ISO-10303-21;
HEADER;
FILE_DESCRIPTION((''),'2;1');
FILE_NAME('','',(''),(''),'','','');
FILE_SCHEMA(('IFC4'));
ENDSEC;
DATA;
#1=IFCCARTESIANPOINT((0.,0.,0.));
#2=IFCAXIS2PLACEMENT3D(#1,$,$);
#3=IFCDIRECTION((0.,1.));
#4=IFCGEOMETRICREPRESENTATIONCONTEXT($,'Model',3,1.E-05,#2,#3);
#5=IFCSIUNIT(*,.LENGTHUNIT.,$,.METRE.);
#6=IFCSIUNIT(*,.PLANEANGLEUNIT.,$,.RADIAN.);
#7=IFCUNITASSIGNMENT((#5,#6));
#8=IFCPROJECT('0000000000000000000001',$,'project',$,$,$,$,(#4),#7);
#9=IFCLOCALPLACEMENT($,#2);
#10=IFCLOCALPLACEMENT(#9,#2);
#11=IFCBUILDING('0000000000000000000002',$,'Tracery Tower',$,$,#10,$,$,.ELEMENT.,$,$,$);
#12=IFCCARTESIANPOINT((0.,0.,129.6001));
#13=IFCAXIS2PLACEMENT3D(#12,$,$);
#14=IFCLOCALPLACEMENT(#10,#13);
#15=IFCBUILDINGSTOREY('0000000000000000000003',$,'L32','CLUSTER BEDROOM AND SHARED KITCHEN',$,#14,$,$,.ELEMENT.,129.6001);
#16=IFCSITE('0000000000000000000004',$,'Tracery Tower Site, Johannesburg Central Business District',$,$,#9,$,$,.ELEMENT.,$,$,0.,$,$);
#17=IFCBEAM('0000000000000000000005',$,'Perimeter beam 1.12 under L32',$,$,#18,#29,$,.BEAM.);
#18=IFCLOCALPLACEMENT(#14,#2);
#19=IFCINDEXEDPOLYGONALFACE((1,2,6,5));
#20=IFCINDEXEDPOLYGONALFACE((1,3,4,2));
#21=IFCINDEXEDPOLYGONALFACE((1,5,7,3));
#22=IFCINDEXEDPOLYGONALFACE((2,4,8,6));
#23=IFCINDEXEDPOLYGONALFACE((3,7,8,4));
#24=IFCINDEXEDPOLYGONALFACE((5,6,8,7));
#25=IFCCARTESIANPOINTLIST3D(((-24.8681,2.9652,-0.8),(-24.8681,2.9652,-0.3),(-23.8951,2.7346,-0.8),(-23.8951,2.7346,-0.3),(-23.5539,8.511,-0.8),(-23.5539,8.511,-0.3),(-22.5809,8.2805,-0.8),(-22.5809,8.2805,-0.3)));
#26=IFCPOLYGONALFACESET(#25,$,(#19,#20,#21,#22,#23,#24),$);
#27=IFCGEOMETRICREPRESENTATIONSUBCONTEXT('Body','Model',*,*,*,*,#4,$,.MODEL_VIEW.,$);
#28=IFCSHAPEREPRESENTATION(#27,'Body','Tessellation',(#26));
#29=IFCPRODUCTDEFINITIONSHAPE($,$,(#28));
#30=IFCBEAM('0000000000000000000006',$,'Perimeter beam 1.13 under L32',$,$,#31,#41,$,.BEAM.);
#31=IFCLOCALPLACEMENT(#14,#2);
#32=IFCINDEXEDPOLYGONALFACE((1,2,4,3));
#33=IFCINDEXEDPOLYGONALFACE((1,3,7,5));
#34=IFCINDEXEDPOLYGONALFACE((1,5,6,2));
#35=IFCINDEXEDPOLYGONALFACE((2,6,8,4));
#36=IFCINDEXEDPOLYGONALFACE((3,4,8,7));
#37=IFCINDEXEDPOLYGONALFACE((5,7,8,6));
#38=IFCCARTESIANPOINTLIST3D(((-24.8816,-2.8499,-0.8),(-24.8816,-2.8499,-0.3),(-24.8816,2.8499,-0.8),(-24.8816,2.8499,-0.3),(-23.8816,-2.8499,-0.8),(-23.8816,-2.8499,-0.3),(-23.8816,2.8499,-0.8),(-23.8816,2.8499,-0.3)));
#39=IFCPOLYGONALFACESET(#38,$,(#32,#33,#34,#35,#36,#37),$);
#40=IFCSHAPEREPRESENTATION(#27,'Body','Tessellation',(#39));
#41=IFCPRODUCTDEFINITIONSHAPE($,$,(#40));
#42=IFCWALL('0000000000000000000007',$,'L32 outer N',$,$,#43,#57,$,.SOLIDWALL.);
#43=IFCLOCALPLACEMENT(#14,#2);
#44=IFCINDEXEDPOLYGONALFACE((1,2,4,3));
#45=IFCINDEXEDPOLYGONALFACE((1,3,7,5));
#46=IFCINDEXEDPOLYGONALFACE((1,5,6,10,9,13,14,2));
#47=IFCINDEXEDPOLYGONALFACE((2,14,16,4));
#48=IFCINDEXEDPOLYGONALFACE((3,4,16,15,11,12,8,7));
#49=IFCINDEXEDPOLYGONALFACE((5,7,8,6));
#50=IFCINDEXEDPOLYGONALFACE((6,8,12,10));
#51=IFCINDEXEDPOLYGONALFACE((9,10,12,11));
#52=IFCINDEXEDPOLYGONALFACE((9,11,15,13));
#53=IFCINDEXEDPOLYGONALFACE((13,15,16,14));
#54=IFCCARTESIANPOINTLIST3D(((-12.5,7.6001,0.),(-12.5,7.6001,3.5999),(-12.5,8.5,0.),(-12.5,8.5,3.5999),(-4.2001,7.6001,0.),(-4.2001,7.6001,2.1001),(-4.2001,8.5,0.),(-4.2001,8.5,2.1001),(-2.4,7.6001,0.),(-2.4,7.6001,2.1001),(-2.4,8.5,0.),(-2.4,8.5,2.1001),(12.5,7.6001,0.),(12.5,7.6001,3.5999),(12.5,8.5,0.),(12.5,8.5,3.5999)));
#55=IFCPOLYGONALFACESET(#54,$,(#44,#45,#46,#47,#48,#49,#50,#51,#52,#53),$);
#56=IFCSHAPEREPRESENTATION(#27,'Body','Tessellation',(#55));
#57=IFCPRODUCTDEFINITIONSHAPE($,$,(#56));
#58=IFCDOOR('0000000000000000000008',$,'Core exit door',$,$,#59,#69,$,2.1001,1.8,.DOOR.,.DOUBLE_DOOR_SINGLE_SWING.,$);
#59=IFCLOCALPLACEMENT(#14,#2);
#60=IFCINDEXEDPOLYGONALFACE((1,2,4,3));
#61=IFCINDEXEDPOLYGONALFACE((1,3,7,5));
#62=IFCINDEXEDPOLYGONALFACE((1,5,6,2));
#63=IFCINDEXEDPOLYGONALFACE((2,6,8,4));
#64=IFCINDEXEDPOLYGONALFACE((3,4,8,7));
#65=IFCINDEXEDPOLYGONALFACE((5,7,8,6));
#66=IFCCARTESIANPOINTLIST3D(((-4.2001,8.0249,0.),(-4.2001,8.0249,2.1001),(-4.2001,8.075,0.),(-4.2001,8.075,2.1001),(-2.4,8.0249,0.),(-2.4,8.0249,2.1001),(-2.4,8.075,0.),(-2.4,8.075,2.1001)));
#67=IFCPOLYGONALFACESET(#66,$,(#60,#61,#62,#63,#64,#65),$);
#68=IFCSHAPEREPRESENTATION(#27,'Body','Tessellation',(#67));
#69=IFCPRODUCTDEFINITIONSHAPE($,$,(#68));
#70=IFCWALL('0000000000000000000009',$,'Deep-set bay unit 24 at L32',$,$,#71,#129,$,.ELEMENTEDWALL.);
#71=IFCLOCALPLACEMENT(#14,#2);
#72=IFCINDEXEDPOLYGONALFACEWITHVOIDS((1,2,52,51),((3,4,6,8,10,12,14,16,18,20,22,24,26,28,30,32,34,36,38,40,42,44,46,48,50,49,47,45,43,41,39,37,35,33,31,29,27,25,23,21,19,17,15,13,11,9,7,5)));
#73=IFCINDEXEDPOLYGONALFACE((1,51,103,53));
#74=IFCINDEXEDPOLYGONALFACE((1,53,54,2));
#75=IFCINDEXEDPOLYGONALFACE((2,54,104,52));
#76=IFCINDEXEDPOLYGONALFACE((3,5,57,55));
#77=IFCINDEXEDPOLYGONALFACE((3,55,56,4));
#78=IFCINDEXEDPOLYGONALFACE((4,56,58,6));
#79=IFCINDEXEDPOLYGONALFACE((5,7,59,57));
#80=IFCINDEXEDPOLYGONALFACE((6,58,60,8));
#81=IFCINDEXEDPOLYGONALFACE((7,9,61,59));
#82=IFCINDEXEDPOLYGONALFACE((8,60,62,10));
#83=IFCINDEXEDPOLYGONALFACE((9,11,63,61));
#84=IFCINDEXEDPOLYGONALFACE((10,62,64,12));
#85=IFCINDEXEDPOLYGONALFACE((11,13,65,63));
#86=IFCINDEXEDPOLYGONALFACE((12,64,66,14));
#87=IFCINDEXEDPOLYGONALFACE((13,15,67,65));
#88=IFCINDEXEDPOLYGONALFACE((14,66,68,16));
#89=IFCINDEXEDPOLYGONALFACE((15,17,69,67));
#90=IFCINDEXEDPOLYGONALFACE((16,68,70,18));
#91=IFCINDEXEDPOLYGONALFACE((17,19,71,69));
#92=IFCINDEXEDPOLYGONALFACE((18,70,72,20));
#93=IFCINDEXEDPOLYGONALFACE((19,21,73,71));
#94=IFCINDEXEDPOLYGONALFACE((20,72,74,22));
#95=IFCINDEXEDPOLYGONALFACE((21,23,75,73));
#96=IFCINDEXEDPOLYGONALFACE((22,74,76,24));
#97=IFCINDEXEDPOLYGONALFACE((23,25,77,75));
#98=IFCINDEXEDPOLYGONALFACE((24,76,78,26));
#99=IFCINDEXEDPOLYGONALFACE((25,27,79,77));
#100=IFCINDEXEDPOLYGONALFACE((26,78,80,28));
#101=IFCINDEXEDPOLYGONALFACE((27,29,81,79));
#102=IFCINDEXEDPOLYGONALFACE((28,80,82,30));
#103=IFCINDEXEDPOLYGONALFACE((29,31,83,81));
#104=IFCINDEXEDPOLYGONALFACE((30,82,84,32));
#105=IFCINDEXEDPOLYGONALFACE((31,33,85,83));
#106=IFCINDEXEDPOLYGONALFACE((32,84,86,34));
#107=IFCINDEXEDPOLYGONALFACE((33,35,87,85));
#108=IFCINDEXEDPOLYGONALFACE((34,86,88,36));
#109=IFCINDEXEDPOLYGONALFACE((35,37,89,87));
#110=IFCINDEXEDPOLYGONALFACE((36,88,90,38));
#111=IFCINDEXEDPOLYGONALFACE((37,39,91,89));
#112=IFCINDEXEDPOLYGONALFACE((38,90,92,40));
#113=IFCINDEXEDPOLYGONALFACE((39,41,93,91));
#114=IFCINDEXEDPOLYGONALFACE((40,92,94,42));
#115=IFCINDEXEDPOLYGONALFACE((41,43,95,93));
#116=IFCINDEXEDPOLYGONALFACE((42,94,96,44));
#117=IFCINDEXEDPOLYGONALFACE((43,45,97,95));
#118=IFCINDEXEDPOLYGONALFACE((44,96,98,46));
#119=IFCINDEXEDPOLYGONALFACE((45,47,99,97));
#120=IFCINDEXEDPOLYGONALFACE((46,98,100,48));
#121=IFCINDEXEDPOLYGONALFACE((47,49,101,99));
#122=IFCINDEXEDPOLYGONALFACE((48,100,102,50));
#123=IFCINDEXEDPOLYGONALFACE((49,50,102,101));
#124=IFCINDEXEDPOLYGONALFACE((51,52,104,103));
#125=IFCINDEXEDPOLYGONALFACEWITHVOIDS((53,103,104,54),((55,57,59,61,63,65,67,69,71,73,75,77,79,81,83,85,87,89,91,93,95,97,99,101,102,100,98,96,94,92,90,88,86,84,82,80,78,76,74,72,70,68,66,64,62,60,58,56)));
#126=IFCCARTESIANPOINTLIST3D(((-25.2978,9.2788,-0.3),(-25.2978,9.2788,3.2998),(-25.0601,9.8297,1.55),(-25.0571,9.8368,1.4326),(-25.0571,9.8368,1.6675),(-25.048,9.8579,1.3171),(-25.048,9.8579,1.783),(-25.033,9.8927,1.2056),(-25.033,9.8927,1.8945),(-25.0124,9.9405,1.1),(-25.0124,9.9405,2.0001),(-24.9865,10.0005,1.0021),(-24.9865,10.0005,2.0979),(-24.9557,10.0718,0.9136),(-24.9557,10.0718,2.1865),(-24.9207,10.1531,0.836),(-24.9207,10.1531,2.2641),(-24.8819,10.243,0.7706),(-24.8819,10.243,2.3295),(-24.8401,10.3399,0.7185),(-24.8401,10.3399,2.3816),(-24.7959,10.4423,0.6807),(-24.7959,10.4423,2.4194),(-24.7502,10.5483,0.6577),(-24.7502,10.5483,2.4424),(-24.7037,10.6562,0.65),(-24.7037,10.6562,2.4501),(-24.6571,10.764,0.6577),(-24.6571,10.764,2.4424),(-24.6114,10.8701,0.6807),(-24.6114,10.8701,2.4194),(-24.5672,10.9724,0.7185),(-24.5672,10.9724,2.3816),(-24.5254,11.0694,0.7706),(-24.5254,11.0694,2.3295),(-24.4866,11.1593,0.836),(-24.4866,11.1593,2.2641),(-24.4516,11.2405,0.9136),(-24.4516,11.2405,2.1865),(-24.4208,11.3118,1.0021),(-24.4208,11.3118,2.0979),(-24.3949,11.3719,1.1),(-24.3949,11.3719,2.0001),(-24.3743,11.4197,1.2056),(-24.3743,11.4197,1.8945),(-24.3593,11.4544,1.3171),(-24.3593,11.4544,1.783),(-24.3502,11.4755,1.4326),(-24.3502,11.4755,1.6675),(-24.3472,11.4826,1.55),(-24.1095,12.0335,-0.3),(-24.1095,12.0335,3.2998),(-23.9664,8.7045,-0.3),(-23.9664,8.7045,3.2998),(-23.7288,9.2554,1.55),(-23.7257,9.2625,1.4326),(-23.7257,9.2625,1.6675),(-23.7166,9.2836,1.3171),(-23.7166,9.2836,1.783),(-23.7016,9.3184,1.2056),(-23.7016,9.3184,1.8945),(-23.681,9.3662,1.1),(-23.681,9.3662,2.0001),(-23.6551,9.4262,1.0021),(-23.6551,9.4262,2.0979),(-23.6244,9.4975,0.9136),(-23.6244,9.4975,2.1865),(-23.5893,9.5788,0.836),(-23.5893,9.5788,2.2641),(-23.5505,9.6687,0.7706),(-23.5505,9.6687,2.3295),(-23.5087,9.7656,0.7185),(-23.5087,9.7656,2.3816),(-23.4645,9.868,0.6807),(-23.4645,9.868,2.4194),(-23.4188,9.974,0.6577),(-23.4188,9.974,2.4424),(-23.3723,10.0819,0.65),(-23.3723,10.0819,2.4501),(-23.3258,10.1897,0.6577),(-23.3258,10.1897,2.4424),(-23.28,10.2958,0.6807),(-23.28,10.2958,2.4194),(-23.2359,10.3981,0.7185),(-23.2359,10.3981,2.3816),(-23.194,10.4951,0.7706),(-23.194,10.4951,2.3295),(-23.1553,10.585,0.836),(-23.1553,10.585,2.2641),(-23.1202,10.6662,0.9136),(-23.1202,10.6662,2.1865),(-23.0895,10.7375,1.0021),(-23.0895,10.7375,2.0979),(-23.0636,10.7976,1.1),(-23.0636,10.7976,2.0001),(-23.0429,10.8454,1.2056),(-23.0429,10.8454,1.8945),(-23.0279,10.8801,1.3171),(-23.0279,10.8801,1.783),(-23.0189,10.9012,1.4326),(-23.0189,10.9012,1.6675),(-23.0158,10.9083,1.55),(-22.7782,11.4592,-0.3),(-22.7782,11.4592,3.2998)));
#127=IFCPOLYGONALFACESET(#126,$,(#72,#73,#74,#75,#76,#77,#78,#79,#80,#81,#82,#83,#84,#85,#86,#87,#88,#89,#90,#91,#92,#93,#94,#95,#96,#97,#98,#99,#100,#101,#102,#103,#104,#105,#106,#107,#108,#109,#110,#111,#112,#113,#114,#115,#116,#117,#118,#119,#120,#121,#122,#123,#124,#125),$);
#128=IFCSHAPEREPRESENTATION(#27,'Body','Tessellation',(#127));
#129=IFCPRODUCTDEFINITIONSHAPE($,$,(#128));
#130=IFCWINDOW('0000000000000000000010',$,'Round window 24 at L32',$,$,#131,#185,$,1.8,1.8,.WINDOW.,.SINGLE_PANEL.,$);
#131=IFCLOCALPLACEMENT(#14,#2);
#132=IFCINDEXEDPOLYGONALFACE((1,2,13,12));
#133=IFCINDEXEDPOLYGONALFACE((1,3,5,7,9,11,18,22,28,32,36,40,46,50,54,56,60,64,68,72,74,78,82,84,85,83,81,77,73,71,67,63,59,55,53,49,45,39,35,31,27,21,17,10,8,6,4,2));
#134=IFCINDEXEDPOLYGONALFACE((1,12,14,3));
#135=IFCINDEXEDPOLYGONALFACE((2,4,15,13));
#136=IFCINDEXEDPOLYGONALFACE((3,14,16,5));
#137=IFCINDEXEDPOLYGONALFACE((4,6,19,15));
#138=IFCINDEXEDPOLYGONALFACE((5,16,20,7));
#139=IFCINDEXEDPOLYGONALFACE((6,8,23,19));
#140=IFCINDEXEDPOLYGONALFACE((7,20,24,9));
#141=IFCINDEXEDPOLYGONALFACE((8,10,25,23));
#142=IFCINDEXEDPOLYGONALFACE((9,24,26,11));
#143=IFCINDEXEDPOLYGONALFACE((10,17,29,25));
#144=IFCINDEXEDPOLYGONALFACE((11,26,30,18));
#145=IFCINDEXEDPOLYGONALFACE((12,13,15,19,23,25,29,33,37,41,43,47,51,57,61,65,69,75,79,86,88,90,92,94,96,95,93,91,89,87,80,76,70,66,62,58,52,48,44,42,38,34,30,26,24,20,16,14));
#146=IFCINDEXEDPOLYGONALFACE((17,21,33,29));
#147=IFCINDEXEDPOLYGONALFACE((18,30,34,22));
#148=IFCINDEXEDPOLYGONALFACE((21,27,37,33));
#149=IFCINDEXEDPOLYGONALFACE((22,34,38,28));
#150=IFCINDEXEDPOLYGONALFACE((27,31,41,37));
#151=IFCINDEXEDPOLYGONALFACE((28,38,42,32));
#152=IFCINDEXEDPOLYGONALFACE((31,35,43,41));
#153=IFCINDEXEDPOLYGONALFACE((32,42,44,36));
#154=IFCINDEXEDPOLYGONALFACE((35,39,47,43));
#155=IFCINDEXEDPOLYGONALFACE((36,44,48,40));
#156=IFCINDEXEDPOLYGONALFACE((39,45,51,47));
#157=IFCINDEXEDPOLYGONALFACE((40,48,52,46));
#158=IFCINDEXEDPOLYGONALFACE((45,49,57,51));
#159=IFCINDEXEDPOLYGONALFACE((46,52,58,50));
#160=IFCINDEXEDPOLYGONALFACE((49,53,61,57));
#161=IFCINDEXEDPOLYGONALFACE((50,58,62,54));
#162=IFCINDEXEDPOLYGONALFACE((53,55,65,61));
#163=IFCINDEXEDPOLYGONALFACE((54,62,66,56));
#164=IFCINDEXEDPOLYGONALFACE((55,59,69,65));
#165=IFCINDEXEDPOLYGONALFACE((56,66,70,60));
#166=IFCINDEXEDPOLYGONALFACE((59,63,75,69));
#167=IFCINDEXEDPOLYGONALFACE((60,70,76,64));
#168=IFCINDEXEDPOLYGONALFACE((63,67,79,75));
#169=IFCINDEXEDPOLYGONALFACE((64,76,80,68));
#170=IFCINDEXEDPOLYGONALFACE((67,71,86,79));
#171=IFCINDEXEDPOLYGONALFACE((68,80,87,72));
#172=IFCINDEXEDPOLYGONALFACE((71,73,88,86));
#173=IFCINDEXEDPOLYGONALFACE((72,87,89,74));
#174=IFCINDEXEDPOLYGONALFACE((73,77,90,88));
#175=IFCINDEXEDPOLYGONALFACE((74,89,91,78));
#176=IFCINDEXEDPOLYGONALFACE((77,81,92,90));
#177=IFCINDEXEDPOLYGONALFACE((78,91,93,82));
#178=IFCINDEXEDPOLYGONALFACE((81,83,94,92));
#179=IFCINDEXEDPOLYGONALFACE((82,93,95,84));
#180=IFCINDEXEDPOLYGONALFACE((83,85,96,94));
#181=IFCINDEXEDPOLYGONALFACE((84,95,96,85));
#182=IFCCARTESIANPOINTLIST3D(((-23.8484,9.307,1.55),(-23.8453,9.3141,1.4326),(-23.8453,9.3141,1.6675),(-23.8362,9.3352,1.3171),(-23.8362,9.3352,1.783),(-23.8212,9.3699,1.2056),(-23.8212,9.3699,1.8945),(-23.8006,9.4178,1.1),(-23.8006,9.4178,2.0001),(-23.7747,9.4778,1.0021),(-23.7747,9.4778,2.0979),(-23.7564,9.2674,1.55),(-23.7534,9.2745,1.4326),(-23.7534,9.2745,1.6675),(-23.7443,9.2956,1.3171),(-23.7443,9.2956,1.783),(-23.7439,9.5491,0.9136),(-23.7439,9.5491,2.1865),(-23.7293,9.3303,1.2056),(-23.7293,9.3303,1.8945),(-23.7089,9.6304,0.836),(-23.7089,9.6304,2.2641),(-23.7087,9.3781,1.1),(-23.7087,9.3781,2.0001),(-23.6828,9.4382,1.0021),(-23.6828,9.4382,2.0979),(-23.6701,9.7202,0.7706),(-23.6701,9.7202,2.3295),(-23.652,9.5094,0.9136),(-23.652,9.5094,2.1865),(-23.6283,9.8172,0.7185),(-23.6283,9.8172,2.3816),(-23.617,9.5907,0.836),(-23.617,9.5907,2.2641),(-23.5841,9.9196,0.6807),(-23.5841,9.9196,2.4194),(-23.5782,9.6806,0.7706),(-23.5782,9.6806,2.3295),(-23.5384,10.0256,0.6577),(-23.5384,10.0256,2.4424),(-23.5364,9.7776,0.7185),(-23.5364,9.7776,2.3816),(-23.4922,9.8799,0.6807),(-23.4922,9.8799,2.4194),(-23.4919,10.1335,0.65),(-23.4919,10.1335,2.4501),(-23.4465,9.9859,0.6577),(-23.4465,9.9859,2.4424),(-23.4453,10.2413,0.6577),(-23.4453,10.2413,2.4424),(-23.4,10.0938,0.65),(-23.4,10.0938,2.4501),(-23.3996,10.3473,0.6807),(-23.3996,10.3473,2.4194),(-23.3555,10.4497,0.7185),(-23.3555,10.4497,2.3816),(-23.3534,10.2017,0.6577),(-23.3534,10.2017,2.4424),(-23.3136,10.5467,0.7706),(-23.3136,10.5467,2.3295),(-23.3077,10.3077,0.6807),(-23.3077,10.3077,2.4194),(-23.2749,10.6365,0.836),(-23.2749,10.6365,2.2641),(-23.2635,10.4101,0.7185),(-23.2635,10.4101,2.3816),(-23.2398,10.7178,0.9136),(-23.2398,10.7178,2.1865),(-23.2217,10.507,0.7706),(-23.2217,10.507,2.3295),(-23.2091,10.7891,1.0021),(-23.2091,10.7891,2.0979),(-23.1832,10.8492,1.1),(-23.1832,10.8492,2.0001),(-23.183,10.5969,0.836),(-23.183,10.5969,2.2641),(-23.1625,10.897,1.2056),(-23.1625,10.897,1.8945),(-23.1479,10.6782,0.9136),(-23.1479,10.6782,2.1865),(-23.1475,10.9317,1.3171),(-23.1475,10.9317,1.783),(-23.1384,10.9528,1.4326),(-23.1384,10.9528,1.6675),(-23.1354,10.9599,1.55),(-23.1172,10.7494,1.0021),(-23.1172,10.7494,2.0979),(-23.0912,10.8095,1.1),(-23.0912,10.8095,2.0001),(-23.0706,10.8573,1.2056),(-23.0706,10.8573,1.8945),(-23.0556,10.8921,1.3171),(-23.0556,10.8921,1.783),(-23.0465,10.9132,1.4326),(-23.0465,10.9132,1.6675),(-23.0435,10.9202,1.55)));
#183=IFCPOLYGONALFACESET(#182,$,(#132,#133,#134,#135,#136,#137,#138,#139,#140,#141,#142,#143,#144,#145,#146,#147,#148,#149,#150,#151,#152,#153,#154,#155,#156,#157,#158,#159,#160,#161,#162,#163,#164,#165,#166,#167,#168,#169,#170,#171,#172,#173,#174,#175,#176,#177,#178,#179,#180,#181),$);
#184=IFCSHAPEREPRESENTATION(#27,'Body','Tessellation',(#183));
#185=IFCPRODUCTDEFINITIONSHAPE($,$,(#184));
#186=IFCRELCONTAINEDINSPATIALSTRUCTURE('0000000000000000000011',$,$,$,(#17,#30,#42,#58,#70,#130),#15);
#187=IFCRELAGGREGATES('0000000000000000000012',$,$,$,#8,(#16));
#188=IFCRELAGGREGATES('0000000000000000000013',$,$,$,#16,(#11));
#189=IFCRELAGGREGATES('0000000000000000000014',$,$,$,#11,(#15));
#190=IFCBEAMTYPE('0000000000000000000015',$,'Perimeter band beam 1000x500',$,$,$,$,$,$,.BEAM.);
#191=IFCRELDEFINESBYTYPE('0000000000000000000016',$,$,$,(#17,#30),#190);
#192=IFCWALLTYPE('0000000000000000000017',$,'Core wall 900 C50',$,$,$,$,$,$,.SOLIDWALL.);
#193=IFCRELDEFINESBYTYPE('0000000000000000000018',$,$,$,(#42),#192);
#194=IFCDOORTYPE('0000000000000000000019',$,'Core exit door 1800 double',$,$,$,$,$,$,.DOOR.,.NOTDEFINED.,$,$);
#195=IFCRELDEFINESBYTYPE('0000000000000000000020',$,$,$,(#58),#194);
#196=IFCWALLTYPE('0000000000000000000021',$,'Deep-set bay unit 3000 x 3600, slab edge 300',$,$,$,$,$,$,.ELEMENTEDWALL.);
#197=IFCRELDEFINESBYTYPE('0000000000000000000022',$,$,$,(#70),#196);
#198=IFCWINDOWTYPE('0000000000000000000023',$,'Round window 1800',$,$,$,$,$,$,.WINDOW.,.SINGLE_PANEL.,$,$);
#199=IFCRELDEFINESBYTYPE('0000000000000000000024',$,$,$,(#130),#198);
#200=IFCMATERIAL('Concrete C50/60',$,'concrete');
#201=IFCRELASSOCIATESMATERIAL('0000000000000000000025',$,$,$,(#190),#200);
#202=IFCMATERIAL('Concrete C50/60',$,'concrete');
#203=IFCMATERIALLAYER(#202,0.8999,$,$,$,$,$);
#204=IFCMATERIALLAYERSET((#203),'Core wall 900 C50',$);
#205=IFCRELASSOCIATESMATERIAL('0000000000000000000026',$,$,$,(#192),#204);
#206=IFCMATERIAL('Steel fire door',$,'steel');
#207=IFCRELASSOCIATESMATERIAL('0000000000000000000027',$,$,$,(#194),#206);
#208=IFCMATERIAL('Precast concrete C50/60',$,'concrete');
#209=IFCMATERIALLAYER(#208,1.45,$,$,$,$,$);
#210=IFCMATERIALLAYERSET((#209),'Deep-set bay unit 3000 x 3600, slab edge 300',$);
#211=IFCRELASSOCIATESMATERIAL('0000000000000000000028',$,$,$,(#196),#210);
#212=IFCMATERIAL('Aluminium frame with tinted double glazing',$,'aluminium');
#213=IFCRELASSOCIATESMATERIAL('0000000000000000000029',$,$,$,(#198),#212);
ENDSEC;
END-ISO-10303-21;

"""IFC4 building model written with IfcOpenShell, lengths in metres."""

from ifc_helpers import new_model, si_unit, direction, frame, frame_2d, origin, origin_2d, place, context, subcontext, project, spatial, rectangle, circle, extrude, material, layer, layer_set, material_profile, profile_set, type_object, element, fill, save


model = new_model("IFC4")

# Units and contexts
model_context = context("Model", 3, precision=1e-05, world=origin(), true_north=direction((0.0, 1.0)))
body_context = subcontext(model_context, "Body", "Model", "MODEL_VIEW")
ifc_project = project(units=[si_unit("LENGTHUNIT", "METRE"), si_unit("PLANEANGLEUNIT", "RADIAN")], contexts=[model_context])

# Site, building, storey
site_placement = place(None, origin())
site = spatial("IfcSite", under=ifc_project, at=site_placement, Name="Tracery Tower Site, Johannesburg Central Business District", CompositionType="ELEMENT", RefElevation=0.0)
building_placement = place(site_placement, origin())
building = spatial("IfcBuilding", under=site, at=building_placement, Name="Tracery Tower", CompositionType="ELEMENT")
storey_placement = place(building_placement, frame((0.0, 0.0, 129.6001)))
storey = spatial("IfcBuildingStorey", under=building, at=storey_placement, Name="L32", Description="CLUSTER BEDROOM AND SHARED KITCHEN", CompositionType="ELEMENT", Elevation=129.6001)

# Beams
ifc_material_1 = material(Name="Concrete C50/60", Category="concrete")
ifc_material_profile_1 = material_profile(ifc_material_1, rectangle(XDim=1.0, YDim=0.5, at=origin_2d()), Name="RC 1000x500")
ifc_profile_set_1 = profile_set([ifc_material_profile_1], Name="Concrete C50/60")
beam_type = type_object("IfcBeamType", Name="Perimeter band beam 1000x500", PredefinedType="BEAM", material=ifc_profile_set_1)
beam_1_placement = place(storey_placement, frame((-23.0674, 8.3958, -0.55), z_axis=(-0.230584, -0.973052, 0.0), x_axis=(0.973052, -0.230584, 0.0)))
element("IfcBeam", 1, at=beam_1_placement, inside=storey, type_object=beam_type, Name="Perimeter beam 1.12 under L32", PredefinedType="BEAM", context=body_context, shape_type="SweptSolid", body=[
    extrude(rectangle(XDim=1.0, YDim=0.5, at=origin_2d()), origin(), (0.0, 0.0, 1.0), 5.6995),
])
beam_2_placement = place(storey_placement, frame((-24.3816, 2.8499, -0.55), z_axis=(0.0, -1.0, 0.0), x_axis=(1.0, 0.0, 0.0)))
element("IfcBeam", 2, at=beam_2_placement, inside=storey, type_object=beam_type, Name="Perimeter beam 1.13 under L32", PredefinedType="BEAM", context=body_context, shape_type="SweptSolid", body=[
    extrude(rectangle(XDim=1.0, YDim=0.5, at=origin_2d()), origin(), (0.0, 0.0, 1.0), 5.6997),
])

# Wall, opening, door
ifc_material_2 = material(Name="Concrete C50/60", Category="concrete")
ifc_layer_1 = layer(ifc_material_2, 0.8999)
ifc_layer_set_1 = layer_set([ifc_layer_1], Name="Core wall 900 C50")
wall_type_1 = type_object("IfcWallType", Name="Core wall 900 C50", PredefinedType="SOLIDWALL", material=ifc_layer_set_1)
wall_1_placement = place(storey_placement, frame((-12.5, 8.05, 0.0), z_axis=(0.0, 0.0, 1.0), x_axis=(1.0, 0.0, 0.0)))
wall_1 = element("IfcWall", 3, at=wall_1_placement, inside=storey, type_object=wall_type_1, Name="L32 outer N", PredefinedType="SOLIDWALL", context=body_context, shape_type="SweptSolid", body=[
    extrude(rectangle(XDim=25.0, YDim=0.8999, at=frame_2d((12.5, 0.0))), origin(), (0.0, 0.0, 1.0), 3.5999),
])
opening_1_placement = place(wall_1_placement, frame((8.3, 0.0, 0.0)))
opening_1 = element("IfcOpeningElement", 4, at=opening_1_placement, cuts=wall_1, PredefinedType="OPENING", context=body_context, shape_type="SweptSolid", body=[
    extrude(rectangle(XDim=1.8, YDim=2.1001, at=frame_2d((0.8999, 1.05))), frame((0.0, 0.45, 0.0), z_axis=(0.0, -1.0, 0.0), x_axis=(1.0, 0.0, 0.0)), (0.0, 0.0, 1.0), 0.8999),
])
ifc_material_3 = material(Name="Steel fire door", Category="steel")
door_type_1 = type_object("IfcDoorType", Name="Core exit door 1800 double", OperationType="NOTDEFINED", PredefinedType="DOOR", material=ifc_material_3)
door_1_placement = place(opening_1_placement, origin())
door_1 = element("IfcDoor", 5, at=door_1_placement, inside=storey, type_object=door_type_1, Name="Core exit door", OperationType="DOUBLE_DOOR_SINGLE_SWING", OverallHeight=2.1001, OverallWidth=1.8, PredefinedType="DOOR", context=body_context, shape_type="SweptSolid", body=[
    extrude(rectangle(XDim=1.8, YDim=2.1001, at=frame_2d((0.8999, 1.05))), frame((0.0, 0.0249, 0.0), z_axis=(0.0, -1.0, 0.0), x_axis=(1.0, 0.0, 0.0)), (0.0, 0.0, 1.0), 0.05),
])
fill(opening_1, door_1)

# Wall, opening, window
ifc_material_4 = material(Name="Precast concrete C50/60", Category="concrete")
ifc_layer_2 = layer(ifc_material_4, 1.45)
ifc_layer_set_2 = layer_set([ifc_layer_2], Name="Deep-set bay unit 3000 x 3600, slab edge 300")
wall_type_2 = type_object("IfcWallType", Name="Deep-set bay unit 3000 x 3600, slab edge 300", PredefinedType="ELEMENTEDWALL", material=ifc_layer_set_2)
wall_2_placement = place(storey_placement, frame((-23.4438, 11.7463, -0.3), z_axis=(0.0, 0.0, 1.0), x_axis=(-0.396079, -0.918216, 0.0)))
wall_2 = element("IfcWall", 6, at=wall_2_placement, inside=storey, type_object=wall_type_2, Name="Deep-set bay unit 24 at L32", PredefinedType="ELEMENTEDWALL", context=body_context, shape_type="SweptSolid", body=[
    extrude(rectangle(XDim=3.0, YDim=1.45, at=frame_2d((1.5, 0.0))), origin(), (0.0, 0.0, 1.0), 3.5999),
])
opening_2_placement = place(wall_2_placement, frame((1.5, 0.0, 1.8501)))
opening_2 = element("IfcOpeningElement", 7, at=opening_2_placement, cuts=wall_2, PredefinedType="OPENING", context=body_context, shape_type="SweptSolid", body=[
    extrude(circle(Radius=0.9, at=origin_2d()), frame((0.0, 0.7349, 0.0), z_axis=(0.0, -1.0, 0.0), x_axis=(1.0, 0.0, 0.0)), (0.0, 0.0, 1.0), 1.47),
])
ifc_material_5 = material(Name="Aluminium frame with tinted double glazing", Category="aluminium")
window_type = type_object("IfcWindowType", Name="Round window 1800", PartitioningType="SINGLE_PANEL", PredefinedType="WINDOW", material=ifc_material_5)
window_1_placement = place(opening_2_placement, origin())
window_1 = element("IfcWindow", 8, at=window_1_placement, inside=storey, type_object=window_type, Name="Round window 24 at L32", OverallHeight=1.8, OverallWidth=1.8, PartitioningType="SINGLE_PANEL", PredefinedType="WINDOW", context=body_context, shape_type="SweptSolid", body=[
    extrude(circle(Radius=0.9, at=origin_2d()), frame((0.0, 0.6948, 0.0), z_axis=(0.0, -1.0, 0.0), x_axis=(1.0, 0.0, 0.0)), (0.0, 0.0, 1.0), 0.1001),
])
fill(opening_2, window_1)

save(model, "model.ifc")
